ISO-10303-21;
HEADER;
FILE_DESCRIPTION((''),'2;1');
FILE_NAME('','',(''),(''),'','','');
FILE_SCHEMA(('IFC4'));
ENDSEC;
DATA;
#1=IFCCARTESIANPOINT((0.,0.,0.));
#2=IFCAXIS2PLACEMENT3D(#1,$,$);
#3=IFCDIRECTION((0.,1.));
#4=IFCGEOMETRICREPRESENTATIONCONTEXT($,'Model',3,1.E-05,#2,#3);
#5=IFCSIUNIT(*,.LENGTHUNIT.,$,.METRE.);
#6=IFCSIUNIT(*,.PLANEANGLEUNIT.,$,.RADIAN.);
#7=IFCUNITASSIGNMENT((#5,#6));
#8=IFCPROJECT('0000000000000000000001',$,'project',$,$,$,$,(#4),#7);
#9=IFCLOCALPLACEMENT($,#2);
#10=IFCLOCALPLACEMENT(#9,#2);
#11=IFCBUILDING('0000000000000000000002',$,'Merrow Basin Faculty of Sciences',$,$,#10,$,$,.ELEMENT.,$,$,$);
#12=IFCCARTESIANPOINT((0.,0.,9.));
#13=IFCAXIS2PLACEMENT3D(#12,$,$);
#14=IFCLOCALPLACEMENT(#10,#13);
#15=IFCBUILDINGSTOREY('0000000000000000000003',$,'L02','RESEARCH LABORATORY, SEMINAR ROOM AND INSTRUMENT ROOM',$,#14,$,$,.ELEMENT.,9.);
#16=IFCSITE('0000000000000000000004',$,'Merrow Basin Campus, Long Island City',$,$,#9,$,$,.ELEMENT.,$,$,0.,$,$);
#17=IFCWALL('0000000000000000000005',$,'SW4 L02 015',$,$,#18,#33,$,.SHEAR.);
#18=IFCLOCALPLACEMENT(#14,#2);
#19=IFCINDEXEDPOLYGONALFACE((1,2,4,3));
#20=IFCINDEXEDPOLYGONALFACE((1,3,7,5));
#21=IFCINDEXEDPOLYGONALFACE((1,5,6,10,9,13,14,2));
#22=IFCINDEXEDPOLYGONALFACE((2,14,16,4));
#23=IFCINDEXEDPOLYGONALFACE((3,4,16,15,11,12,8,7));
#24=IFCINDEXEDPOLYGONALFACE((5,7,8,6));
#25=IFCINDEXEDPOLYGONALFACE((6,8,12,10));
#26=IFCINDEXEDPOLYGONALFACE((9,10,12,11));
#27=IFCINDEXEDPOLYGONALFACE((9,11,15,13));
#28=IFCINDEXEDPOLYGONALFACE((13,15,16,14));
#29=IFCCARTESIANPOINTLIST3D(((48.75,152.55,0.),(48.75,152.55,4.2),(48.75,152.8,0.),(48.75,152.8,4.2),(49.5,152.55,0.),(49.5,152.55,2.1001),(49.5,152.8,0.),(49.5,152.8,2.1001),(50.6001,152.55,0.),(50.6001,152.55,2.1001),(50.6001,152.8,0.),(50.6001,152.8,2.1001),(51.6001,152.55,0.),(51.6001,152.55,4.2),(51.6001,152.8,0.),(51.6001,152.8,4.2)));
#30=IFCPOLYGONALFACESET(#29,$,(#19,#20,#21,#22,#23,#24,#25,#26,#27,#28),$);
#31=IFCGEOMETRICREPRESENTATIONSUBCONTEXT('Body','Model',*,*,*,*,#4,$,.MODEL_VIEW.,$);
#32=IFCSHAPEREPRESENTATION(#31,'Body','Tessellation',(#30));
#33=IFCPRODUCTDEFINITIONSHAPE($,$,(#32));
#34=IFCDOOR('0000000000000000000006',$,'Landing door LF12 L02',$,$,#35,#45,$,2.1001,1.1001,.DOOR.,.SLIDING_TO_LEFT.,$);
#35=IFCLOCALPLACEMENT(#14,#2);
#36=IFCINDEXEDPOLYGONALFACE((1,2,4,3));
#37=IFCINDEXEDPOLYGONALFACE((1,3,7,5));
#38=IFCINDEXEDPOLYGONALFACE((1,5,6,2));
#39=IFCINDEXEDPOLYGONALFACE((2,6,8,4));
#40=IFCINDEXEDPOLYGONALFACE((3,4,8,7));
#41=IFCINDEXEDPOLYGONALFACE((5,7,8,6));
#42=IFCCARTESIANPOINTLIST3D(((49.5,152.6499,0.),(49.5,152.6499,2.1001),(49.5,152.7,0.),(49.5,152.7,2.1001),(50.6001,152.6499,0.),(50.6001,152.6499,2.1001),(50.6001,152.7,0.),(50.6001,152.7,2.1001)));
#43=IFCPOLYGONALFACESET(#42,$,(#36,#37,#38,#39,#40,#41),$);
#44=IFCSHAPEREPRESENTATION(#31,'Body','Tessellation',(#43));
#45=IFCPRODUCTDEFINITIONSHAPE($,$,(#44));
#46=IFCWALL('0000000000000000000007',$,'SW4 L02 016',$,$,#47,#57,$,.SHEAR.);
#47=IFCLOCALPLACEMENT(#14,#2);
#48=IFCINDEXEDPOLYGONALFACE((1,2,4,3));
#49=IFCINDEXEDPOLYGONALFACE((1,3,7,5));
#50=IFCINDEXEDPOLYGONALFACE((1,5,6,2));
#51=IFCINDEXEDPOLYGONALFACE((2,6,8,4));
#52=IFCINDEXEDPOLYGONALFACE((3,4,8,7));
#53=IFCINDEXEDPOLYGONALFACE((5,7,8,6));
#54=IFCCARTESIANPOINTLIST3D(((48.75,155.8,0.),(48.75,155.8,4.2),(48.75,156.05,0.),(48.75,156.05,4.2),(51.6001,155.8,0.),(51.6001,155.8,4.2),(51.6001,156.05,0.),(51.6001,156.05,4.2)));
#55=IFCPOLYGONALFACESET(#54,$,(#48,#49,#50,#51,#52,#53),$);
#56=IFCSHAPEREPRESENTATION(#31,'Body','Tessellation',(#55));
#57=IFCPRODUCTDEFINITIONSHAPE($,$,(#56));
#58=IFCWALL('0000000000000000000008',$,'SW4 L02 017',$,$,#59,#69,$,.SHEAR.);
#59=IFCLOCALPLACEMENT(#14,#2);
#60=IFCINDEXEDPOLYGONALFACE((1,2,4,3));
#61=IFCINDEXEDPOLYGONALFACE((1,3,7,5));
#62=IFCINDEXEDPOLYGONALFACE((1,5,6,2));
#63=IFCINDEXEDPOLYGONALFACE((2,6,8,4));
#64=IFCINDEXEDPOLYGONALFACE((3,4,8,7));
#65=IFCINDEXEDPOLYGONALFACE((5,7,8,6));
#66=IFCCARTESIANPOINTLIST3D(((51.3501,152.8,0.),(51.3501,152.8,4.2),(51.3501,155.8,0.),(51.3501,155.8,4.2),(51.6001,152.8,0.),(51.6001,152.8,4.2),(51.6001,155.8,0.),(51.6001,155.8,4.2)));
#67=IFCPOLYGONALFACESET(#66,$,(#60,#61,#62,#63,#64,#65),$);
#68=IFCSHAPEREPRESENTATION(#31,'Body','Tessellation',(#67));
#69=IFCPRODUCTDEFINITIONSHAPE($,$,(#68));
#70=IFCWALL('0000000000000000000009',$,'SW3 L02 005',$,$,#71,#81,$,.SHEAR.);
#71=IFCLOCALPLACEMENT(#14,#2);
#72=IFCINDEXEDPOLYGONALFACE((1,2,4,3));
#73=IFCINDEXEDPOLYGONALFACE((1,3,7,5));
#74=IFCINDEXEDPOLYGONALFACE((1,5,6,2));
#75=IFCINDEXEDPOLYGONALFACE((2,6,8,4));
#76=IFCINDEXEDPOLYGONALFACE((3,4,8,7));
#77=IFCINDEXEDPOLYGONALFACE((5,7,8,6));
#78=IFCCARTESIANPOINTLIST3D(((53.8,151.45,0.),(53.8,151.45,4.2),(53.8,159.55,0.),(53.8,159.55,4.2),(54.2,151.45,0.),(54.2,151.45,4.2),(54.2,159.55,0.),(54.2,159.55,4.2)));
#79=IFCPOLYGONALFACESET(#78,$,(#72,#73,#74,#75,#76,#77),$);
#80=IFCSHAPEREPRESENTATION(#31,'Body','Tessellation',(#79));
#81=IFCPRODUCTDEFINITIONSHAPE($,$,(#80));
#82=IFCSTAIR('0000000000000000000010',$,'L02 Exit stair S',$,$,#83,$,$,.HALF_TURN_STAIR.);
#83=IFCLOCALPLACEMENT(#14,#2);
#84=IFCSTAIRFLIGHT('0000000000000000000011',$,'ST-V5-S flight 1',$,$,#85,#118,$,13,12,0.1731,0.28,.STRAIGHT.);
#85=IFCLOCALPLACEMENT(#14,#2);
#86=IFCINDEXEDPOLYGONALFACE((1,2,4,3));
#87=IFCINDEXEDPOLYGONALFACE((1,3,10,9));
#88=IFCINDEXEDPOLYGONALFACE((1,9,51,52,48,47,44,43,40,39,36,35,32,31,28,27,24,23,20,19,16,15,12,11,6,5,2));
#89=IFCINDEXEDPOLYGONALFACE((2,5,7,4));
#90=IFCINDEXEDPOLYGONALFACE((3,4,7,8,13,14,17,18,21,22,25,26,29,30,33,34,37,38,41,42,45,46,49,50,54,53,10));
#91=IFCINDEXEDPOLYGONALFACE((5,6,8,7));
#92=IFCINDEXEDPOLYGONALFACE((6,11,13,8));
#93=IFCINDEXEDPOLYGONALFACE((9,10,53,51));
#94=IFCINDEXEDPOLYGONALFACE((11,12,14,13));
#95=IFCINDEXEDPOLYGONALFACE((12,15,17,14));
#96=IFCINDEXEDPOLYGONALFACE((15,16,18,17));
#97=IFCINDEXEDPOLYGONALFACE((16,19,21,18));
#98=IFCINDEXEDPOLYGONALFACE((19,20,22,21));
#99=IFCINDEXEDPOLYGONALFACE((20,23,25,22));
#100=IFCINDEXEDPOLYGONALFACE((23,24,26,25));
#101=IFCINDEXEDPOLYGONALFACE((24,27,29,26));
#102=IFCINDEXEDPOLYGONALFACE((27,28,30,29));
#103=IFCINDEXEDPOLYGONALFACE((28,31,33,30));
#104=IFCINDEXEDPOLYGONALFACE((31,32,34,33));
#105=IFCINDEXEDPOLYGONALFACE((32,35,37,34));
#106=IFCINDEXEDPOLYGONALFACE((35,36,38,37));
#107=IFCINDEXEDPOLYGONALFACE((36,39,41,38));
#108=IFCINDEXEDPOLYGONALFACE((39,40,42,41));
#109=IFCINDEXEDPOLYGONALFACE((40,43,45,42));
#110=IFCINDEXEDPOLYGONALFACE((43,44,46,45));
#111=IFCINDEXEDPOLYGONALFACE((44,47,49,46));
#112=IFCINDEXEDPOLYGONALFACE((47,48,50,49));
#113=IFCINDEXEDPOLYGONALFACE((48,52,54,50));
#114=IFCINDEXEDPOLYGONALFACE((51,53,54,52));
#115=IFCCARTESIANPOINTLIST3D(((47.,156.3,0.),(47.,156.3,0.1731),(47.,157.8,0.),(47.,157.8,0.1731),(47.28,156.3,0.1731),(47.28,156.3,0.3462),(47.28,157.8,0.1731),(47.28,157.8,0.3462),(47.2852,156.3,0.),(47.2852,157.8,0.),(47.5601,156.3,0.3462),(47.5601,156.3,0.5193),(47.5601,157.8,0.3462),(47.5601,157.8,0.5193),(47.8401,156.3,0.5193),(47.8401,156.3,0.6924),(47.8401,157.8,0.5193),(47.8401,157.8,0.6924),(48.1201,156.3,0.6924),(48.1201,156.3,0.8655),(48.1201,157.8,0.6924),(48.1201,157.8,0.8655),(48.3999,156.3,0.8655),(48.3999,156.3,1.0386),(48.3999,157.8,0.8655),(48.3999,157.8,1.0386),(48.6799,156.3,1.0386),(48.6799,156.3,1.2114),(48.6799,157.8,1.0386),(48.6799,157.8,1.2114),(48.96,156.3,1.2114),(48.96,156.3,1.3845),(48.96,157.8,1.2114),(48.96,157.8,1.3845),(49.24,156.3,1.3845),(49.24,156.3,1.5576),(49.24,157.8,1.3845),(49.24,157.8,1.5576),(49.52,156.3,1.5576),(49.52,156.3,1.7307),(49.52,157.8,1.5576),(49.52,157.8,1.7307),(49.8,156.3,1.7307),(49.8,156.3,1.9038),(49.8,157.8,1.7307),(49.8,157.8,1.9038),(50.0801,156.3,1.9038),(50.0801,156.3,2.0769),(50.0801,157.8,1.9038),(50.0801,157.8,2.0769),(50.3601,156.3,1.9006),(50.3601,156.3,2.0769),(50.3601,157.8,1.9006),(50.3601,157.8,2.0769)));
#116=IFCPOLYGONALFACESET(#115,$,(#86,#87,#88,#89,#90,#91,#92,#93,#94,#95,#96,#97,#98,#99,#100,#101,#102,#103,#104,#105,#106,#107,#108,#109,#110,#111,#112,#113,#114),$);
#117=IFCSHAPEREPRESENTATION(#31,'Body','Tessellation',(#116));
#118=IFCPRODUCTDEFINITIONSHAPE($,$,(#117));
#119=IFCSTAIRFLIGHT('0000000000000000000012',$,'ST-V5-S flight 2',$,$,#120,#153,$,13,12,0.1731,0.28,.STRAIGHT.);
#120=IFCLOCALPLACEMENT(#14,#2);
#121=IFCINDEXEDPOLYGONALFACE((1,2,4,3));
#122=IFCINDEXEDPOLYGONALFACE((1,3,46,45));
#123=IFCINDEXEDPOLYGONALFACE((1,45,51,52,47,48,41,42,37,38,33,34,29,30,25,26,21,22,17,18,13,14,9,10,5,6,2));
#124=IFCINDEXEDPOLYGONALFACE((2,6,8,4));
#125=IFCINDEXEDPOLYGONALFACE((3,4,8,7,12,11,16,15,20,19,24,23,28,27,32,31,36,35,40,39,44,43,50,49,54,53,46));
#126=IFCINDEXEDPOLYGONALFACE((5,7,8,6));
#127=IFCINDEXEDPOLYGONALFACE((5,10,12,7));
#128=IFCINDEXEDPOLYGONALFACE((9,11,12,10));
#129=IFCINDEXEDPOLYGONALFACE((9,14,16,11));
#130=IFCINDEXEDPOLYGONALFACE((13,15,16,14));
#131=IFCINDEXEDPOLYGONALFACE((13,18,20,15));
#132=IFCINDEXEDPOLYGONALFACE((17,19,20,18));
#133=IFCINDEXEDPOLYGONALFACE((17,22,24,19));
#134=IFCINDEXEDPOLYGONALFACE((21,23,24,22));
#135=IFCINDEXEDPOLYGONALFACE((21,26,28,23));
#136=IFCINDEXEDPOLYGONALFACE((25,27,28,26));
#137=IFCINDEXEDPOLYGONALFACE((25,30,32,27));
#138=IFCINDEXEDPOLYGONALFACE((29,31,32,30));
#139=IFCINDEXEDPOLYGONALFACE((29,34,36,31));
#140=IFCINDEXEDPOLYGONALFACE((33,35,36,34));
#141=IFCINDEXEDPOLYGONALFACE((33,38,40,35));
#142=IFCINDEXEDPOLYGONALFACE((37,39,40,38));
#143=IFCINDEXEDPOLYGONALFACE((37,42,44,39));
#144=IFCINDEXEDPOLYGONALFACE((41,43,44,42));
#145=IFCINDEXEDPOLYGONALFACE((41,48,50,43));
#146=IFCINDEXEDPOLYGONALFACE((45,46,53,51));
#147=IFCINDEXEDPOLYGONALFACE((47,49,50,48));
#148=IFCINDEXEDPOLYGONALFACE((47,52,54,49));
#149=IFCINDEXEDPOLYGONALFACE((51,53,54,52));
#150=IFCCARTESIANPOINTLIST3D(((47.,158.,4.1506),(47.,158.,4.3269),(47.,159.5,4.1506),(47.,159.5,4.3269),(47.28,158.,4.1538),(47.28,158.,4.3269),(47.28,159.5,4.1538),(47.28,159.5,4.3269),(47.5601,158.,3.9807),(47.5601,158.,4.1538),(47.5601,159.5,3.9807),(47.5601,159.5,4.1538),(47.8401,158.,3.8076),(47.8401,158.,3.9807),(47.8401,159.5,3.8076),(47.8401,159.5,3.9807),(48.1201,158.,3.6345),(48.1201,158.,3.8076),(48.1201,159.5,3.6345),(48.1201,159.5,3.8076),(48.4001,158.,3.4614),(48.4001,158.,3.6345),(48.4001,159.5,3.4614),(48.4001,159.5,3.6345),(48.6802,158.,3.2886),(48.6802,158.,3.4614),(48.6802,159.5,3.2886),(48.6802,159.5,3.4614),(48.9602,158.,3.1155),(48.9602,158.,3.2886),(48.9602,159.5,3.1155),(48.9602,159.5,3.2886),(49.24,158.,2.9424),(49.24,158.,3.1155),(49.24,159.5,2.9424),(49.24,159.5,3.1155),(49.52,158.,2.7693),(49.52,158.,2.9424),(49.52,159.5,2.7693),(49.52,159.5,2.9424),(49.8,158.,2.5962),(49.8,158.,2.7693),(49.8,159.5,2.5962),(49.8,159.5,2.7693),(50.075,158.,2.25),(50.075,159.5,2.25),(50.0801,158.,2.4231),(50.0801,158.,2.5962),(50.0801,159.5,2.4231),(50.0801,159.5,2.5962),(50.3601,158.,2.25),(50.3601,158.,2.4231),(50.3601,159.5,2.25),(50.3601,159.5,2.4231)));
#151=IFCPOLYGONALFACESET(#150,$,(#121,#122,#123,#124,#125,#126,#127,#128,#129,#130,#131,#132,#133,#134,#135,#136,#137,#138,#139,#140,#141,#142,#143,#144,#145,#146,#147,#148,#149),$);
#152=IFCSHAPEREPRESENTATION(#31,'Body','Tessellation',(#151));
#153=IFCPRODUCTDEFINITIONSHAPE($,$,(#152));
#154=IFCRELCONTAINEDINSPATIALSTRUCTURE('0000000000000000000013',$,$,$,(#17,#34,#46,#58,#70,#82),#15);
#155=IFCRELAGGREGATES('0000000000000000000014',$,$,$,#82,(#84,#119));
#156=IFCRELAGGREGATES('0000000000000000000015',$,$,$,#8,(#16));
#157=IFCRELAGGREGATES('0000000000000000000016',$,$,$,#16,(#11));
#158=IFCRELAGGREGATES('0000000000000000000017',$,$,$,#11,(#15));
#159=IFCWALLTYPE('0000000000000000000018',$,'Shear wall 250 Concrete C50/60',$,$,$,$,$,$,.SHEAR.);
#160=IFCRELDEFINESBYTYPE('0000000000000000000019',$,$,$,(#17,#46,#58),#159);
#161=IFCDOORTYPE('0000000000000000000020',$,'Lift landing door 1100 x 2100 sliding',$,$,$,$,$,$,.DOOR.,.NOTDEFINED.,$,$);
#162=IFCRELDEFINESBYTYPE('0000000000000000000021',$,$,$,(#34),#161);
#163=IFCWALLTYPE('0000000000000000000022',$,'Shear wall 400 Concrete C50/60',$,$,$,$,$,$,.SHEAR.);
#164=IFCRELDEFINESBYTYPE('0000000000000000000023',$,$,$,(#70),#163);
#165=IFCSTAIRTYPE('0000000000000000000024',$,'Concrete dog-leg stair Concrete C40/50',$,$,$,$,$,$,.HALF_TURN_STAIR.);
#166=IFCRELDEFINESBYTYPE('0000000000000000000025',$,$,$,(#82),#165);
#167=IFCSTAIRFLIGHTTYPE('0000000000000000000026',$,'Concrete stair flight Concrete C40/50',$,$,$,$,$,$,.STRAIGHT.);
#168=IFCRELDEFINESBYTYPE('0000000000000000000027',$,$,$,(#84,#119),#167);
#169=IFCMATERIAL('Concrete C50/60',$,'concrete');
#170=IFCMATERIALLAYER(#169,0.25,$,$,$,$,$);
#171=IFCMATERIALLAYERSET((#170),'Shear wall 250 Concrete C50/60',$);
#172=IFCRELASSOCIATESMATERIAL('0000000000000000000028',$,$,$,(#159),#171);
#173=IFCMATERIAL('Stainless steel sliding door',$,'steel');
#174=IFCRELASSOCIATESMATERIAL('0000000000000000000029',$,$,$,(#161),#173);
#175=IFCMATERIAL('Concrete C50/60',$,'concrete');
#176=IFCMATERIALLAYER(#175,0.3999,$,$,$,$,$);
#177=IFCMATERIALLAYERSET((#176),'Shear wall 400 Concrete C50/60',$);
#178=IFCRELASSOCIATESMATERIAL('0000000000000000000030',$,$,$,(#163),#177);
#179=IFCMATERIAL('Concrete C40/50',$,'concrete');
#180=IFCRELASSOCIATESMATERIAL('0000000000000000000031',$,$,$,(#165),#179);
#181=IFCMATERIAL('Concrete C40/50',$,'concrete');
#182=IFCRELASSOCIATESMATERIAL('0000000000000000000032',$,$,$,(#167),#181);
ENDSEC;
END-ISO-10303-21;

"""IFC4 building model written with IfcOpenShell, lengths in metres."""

from ifc_helpers import new_model, si_unit, direction, frame, frame_2d, origin, place, context, subcontext, project, spatial, polyline, rectangle, outline, extrude, material, layer, layer_set, type_object, element, fill, aggregate, save


model = new_model("IFC4")

# Units and contexts
model_context = context("Model", 3, precision=1e-05, world=origin(), true_north=direction((0.0, 1.0)))
body_context = subcontext(model_context, "Body", "Model", "MODEL_VIEW")
ifc_project = project(units=[si_unit("LENGTHUNIT", "METRE"), si_unit("PLANEANGLEUNIT", "RADIAN")], contexts=[model_context])

# Site, building, storey
site_placement = place(None, origin())
site = spatial("IfcSite", under=ifc_project, at=site_placement, Name="Merrow Basin Campus, Long Island City", CompositionType="ELEMENT", RefElevation=0.0)
building_placement = place(site_placement, origin())
building = spatial("IfcBuilding", under=site, at=building_placement, Name="Merrow Basin Faculty of Sciences", CompositionType="ELEMENT")
storey_placement = place(building_placement, frame((0.0, 0.0, 9.0)))
storey = spatial("IfcBuildingStorey", under=building, at=storey_placement, Name="L02", Description="RESEARCH LABORATORY, SEMINAR ROOM AND INSTRUMENT ROOM", CompositionType="ELEMENT", Elevation=9.0)

# Shared definitions
ifc_material_1 = material(Name="Concrete C50/60", Category="concrete")
ifc_layer_1 = layer(ifc_material_1, 0.25)
ifc_layer_set_1 = layer_set([ifc_layer_1], Name="Shear wall 250 Concrete C50/60")
wall_type_1 = type_object("IfcWallType", Name="Shear wall 250 Concrete C50/60", PredefinedType="SHEAR", material=ifc_layer_set_1)

# Wall, opening, door
wall_1_placement = place(storey_placement, frame((48.75, 152.675, 0.0), z_axis=(0.0, 0.0, 1.0), x_axis=(1.0, 0.0, 0.0)))
wall_1 = element("IfcWall", 1, at=wall_1_placement, inside=storey, type_object=wall_type_1, Name="SW4 L02 015", PredefinedType="SHEAR", context=body_context, shape_type="SweptSolid", body=[
    extrude(rectangle(XDim=2.8501, YDim=0.25, at=frame_2d((1.425, 0.0))), origin(), (0.0, 0.0, 1.0), 4.2),
])
opening_placement = place(wall_1_placement, frame((0.75, 0.0, 0.0)))
opening = element("IfcOpeningElement", 2, at=opening_placement, cuts=wall_1, PredefinedType="OPENING", context=body_context, shape_type="SweptSolid", body=[
    extrude(rectangle(XDim=1.1001, YDim=2.1001, at=frame_2d((0.55, 1.05))), frame((0.0, 0.135, 0.0), z_axis=(0.0, -1.0, 0.0), x_axis=(1.0, 0.0, 0.0)), (0.0, 0.0, 1.0), 0.27),
])
ifc_material_2 = material(Name="Stainless steel sliding door", Category="steel")
door_type = type_object("IfcDoorType", Name="Lift landing door 1100 x 2100 sliding", OperationType="NOTDEFINED", PredefinedType="DOOR", material=ifc_material_2)
door_placement = place(opening_placement, origin())
door = element("IfcDoor", 3, at=door_placement, inside=storey, type_object=door_type, Name="Landing door LF12 L02", OperationType="SLIDING_TO_LEFT", OverallHeight=2.1001, OverallWidth=1.1001, PredefinedType="DOOR", context=body_context, shape_type="SweptSolid", body=[
    extrude(rectangle(XDim=1.1001, YDim=2.1001, at=frame_2d((0.55, 1.05))), frame((0.0, 0.0249, 0.0), z_axis=(0.0, -1.0, 0.0), x_axis=(1.0, 0.0, 0.0)), (0.0, 0.0, 1.0), 0.05),
])
fill(opening, door)

# Walls
wall_2_placement = place(storey_placement, frame((48.75, 155.925, 0.0), z_axis=(0.0, 0.0, 1.0), x_axis=(1.0, 0.0, 0.0)))
element("IfcWall", 4, at=wall_2_placement, inside=storey, type_object=wall_type_1, Name="SW4 L02 016", PredefinedType="SHEAR", context=body_context, shape_type="SweptSolid", body=[
    extrude(rectangle(XDim=2.8501, YDim=0.25, at=frame_2d((1.425, 0.0))), origin(), (0.0, 0.0, 1.0), 4.2),
])
wall_3_placement = place(storey_placement, frame((51.4751, 152.8, 0.0), z_axis=(0.0, 0.0, 1.0), x_axis=(0.0, 1.0, 0.0)))
element("IfcWall", 5, at=wall_3_placement, inside=storey, type_object=wall_type_1, Name="SW4 L02 017", PredefinedType="SHEAR", context=body_context, shape_type="SweptSolid", body=[
    extrude(rectangle(XDim=3.0, YDim=0.25, at=frame_2d((1.5, 0.0))), origin(), (0.0, 0.0, 1.0), 4.2),
])
ifc_material_3 = material(Name="Concrete C50/60", Category="concrete")
ifc_layer_2 = layer(ifc_material_3, 0.3999)
ifc_layer_set_2 = layer_set([ifc_layer_2], Name="Shear wall 400 Concrete C50/60")
wall_type_2 = type_object("IfcWallType", Name="Shear wall 400 Concrete C50/60", PredefinedType="SHEAR", material=ifc_layer_set_2)
wall_4_placement = place(storey_placement, frame((54.0, 151.45, 0.0), z_axis=(0.0, 0.0, 1.0), x_axis=(0.0, 1.0, 0.0)))
element("IfcWall", 6, at=wall_4_placement, inside=storey, type_object=wall_type_2, Name="SW3 L02 005", PredefinedType="SHEAR", context=body_context, shape_type="SweptSolid", body=[
    extrude(rectangle(XDim=8.1001, YDim=0.3999, at=frame_2d((4.05, 0.0))), origin(), (0.0, 0.0, 1.0), 4.2),
])

# Stair, stair flights
ifc_material_4 = material(Name="Concrete C40/50", Category="concrete")
stair_type = type_object("IfcStairType", Name="Concrete dog-leg stair Concrete C40/50", PredefinedType="HALF_TURN_STAIR", material=ifc_material_4)
stair_placement = place(storey_placement, origin())
stair = element("IfcStair", 7, at=stair_placement, inside=storey, type_object=stair_type, Name="L02 Exit stair S", PredefinedType="HALF_TURN_STAIR")
ifc_material_5 = material(Name="Concrete C40/50", Category="concrete")
stair_flight_type = type_object("IfcStairFlightType", Name="Concrete stair flight Concrete C40/50", PredefinedType="STRAIGHT", material=ifc_material_5)
stair_flight_1_placement = place(storey_placement, frame((47.0, 157.05, 0.0), z_axis=(0.0, 0.0, 1.0), x_axis=(1.0, 0.0, 0.0)))
stair_flight_1 = element("IfcStairFlight", 8, at=stair_flight_1_placement, type_object=stair_flight_type, Name="ST-V5-S flight 1", NumberOfRisers=13, NumberOfTreads=12, PredefinedType="STRAIGHT", RiserHeight=0.1731, TreadLength=0.28, context=body_context, shape_type="SweptSolid", body=[
    extrude(outline(polyline([(0.0, 0.0), (0.0, 0.1731), (0.28, 0.1731), (0.28, 0.3462), (0.5601, 0.3462), (0.5601, 0.5193), (0.8401, 0.5193), (0.8401, 0.6924), (1.1201, 0.6924), (1.1201, 0.8655), (1.3999, 0.8655), (1.3999, 1.0386), (1.6799, 1.0386), (1.6799, 1.2114), (1.96, 1.2114), (1.96, 1.3845), (2.24, 1.3845), (2.24, 1.5576), (2.52, 1.5576), (2.52, 1.7307), (2.8, 1.7307), (2.8, 1.9038), (3.0801, 1.9038), (3.0801, 2.0769), (3.3601, 2.0769), (3.3601, 2.25), (3.3601, 1.9006), (0.2852, 0.0), (0.0, 0.0)])), frame((0.0, 0.75, 0.0), z_axis=(0.0, -1.0, 0.0), x_axis=(1.0, 0.0, 0.0)), (0.0, 0.0, 1.0), 1.5),
])
stair_flight_2_placement = place(storey_placement, frame((50.3601, 158.75, 2.25), z_axis=(0.0, 0.0, 1.0), x_axis=(-1.0, 0.0, 0.0)))
stair_flight_2 = element("IfcStairFlight", 9, at=stair_flight_2_placement, type_object=stair_flight_type, Name="ST-V5-S flight 2", NumberOfRisers=13, NumberOfTreads=12, PredefinedType="STRAIGHT", RiserHeight=0.1731, TreadLength=0.28, context=body_context, shape_type="SweptSolid", body=[
    extrude(outline(polyline([(0.0, 0.0), (0.0, 0.1731), (0.28, 0.1731), (0.28, 0.3462), (0.5601, 0.3462), (0.5601, 0.5193), (0.8401, 0.5193), (0.8401, 0.6924), (1.1201, 0.6924), (1.1201, 0.8655), (1.3999, 0.8655), (1.3999, 1.0386), (1.6799, 1.0386), (1.6799, 1.2114), (1.96, 1.2114), (1.96, 1.3845), (2.24, 1.3845), (2.24, 1.5576), (2.52, 1.5576), (2.52, 1.7307), (2.8, 1.7307), (2.8, 1.9038), (3.0801, 1.9038), (3.0801, 2.0769), (3.3601, 2.0769), (3.3601, 2.25), (3.3601, 1.9006), (0.2852, 0.0), (0.0, 0.0)])), frame((0.0, 0.75, 0.0), z_axis=(0.0, -1.0, 0.0), x_axis=(1.0, 0.0, 0.0)), (0.0, 0.0, 1.0), 1.5),
])
aggregate(stair, [stair_flight_1, stair_flight_2])

save(model, "model.ifc")
